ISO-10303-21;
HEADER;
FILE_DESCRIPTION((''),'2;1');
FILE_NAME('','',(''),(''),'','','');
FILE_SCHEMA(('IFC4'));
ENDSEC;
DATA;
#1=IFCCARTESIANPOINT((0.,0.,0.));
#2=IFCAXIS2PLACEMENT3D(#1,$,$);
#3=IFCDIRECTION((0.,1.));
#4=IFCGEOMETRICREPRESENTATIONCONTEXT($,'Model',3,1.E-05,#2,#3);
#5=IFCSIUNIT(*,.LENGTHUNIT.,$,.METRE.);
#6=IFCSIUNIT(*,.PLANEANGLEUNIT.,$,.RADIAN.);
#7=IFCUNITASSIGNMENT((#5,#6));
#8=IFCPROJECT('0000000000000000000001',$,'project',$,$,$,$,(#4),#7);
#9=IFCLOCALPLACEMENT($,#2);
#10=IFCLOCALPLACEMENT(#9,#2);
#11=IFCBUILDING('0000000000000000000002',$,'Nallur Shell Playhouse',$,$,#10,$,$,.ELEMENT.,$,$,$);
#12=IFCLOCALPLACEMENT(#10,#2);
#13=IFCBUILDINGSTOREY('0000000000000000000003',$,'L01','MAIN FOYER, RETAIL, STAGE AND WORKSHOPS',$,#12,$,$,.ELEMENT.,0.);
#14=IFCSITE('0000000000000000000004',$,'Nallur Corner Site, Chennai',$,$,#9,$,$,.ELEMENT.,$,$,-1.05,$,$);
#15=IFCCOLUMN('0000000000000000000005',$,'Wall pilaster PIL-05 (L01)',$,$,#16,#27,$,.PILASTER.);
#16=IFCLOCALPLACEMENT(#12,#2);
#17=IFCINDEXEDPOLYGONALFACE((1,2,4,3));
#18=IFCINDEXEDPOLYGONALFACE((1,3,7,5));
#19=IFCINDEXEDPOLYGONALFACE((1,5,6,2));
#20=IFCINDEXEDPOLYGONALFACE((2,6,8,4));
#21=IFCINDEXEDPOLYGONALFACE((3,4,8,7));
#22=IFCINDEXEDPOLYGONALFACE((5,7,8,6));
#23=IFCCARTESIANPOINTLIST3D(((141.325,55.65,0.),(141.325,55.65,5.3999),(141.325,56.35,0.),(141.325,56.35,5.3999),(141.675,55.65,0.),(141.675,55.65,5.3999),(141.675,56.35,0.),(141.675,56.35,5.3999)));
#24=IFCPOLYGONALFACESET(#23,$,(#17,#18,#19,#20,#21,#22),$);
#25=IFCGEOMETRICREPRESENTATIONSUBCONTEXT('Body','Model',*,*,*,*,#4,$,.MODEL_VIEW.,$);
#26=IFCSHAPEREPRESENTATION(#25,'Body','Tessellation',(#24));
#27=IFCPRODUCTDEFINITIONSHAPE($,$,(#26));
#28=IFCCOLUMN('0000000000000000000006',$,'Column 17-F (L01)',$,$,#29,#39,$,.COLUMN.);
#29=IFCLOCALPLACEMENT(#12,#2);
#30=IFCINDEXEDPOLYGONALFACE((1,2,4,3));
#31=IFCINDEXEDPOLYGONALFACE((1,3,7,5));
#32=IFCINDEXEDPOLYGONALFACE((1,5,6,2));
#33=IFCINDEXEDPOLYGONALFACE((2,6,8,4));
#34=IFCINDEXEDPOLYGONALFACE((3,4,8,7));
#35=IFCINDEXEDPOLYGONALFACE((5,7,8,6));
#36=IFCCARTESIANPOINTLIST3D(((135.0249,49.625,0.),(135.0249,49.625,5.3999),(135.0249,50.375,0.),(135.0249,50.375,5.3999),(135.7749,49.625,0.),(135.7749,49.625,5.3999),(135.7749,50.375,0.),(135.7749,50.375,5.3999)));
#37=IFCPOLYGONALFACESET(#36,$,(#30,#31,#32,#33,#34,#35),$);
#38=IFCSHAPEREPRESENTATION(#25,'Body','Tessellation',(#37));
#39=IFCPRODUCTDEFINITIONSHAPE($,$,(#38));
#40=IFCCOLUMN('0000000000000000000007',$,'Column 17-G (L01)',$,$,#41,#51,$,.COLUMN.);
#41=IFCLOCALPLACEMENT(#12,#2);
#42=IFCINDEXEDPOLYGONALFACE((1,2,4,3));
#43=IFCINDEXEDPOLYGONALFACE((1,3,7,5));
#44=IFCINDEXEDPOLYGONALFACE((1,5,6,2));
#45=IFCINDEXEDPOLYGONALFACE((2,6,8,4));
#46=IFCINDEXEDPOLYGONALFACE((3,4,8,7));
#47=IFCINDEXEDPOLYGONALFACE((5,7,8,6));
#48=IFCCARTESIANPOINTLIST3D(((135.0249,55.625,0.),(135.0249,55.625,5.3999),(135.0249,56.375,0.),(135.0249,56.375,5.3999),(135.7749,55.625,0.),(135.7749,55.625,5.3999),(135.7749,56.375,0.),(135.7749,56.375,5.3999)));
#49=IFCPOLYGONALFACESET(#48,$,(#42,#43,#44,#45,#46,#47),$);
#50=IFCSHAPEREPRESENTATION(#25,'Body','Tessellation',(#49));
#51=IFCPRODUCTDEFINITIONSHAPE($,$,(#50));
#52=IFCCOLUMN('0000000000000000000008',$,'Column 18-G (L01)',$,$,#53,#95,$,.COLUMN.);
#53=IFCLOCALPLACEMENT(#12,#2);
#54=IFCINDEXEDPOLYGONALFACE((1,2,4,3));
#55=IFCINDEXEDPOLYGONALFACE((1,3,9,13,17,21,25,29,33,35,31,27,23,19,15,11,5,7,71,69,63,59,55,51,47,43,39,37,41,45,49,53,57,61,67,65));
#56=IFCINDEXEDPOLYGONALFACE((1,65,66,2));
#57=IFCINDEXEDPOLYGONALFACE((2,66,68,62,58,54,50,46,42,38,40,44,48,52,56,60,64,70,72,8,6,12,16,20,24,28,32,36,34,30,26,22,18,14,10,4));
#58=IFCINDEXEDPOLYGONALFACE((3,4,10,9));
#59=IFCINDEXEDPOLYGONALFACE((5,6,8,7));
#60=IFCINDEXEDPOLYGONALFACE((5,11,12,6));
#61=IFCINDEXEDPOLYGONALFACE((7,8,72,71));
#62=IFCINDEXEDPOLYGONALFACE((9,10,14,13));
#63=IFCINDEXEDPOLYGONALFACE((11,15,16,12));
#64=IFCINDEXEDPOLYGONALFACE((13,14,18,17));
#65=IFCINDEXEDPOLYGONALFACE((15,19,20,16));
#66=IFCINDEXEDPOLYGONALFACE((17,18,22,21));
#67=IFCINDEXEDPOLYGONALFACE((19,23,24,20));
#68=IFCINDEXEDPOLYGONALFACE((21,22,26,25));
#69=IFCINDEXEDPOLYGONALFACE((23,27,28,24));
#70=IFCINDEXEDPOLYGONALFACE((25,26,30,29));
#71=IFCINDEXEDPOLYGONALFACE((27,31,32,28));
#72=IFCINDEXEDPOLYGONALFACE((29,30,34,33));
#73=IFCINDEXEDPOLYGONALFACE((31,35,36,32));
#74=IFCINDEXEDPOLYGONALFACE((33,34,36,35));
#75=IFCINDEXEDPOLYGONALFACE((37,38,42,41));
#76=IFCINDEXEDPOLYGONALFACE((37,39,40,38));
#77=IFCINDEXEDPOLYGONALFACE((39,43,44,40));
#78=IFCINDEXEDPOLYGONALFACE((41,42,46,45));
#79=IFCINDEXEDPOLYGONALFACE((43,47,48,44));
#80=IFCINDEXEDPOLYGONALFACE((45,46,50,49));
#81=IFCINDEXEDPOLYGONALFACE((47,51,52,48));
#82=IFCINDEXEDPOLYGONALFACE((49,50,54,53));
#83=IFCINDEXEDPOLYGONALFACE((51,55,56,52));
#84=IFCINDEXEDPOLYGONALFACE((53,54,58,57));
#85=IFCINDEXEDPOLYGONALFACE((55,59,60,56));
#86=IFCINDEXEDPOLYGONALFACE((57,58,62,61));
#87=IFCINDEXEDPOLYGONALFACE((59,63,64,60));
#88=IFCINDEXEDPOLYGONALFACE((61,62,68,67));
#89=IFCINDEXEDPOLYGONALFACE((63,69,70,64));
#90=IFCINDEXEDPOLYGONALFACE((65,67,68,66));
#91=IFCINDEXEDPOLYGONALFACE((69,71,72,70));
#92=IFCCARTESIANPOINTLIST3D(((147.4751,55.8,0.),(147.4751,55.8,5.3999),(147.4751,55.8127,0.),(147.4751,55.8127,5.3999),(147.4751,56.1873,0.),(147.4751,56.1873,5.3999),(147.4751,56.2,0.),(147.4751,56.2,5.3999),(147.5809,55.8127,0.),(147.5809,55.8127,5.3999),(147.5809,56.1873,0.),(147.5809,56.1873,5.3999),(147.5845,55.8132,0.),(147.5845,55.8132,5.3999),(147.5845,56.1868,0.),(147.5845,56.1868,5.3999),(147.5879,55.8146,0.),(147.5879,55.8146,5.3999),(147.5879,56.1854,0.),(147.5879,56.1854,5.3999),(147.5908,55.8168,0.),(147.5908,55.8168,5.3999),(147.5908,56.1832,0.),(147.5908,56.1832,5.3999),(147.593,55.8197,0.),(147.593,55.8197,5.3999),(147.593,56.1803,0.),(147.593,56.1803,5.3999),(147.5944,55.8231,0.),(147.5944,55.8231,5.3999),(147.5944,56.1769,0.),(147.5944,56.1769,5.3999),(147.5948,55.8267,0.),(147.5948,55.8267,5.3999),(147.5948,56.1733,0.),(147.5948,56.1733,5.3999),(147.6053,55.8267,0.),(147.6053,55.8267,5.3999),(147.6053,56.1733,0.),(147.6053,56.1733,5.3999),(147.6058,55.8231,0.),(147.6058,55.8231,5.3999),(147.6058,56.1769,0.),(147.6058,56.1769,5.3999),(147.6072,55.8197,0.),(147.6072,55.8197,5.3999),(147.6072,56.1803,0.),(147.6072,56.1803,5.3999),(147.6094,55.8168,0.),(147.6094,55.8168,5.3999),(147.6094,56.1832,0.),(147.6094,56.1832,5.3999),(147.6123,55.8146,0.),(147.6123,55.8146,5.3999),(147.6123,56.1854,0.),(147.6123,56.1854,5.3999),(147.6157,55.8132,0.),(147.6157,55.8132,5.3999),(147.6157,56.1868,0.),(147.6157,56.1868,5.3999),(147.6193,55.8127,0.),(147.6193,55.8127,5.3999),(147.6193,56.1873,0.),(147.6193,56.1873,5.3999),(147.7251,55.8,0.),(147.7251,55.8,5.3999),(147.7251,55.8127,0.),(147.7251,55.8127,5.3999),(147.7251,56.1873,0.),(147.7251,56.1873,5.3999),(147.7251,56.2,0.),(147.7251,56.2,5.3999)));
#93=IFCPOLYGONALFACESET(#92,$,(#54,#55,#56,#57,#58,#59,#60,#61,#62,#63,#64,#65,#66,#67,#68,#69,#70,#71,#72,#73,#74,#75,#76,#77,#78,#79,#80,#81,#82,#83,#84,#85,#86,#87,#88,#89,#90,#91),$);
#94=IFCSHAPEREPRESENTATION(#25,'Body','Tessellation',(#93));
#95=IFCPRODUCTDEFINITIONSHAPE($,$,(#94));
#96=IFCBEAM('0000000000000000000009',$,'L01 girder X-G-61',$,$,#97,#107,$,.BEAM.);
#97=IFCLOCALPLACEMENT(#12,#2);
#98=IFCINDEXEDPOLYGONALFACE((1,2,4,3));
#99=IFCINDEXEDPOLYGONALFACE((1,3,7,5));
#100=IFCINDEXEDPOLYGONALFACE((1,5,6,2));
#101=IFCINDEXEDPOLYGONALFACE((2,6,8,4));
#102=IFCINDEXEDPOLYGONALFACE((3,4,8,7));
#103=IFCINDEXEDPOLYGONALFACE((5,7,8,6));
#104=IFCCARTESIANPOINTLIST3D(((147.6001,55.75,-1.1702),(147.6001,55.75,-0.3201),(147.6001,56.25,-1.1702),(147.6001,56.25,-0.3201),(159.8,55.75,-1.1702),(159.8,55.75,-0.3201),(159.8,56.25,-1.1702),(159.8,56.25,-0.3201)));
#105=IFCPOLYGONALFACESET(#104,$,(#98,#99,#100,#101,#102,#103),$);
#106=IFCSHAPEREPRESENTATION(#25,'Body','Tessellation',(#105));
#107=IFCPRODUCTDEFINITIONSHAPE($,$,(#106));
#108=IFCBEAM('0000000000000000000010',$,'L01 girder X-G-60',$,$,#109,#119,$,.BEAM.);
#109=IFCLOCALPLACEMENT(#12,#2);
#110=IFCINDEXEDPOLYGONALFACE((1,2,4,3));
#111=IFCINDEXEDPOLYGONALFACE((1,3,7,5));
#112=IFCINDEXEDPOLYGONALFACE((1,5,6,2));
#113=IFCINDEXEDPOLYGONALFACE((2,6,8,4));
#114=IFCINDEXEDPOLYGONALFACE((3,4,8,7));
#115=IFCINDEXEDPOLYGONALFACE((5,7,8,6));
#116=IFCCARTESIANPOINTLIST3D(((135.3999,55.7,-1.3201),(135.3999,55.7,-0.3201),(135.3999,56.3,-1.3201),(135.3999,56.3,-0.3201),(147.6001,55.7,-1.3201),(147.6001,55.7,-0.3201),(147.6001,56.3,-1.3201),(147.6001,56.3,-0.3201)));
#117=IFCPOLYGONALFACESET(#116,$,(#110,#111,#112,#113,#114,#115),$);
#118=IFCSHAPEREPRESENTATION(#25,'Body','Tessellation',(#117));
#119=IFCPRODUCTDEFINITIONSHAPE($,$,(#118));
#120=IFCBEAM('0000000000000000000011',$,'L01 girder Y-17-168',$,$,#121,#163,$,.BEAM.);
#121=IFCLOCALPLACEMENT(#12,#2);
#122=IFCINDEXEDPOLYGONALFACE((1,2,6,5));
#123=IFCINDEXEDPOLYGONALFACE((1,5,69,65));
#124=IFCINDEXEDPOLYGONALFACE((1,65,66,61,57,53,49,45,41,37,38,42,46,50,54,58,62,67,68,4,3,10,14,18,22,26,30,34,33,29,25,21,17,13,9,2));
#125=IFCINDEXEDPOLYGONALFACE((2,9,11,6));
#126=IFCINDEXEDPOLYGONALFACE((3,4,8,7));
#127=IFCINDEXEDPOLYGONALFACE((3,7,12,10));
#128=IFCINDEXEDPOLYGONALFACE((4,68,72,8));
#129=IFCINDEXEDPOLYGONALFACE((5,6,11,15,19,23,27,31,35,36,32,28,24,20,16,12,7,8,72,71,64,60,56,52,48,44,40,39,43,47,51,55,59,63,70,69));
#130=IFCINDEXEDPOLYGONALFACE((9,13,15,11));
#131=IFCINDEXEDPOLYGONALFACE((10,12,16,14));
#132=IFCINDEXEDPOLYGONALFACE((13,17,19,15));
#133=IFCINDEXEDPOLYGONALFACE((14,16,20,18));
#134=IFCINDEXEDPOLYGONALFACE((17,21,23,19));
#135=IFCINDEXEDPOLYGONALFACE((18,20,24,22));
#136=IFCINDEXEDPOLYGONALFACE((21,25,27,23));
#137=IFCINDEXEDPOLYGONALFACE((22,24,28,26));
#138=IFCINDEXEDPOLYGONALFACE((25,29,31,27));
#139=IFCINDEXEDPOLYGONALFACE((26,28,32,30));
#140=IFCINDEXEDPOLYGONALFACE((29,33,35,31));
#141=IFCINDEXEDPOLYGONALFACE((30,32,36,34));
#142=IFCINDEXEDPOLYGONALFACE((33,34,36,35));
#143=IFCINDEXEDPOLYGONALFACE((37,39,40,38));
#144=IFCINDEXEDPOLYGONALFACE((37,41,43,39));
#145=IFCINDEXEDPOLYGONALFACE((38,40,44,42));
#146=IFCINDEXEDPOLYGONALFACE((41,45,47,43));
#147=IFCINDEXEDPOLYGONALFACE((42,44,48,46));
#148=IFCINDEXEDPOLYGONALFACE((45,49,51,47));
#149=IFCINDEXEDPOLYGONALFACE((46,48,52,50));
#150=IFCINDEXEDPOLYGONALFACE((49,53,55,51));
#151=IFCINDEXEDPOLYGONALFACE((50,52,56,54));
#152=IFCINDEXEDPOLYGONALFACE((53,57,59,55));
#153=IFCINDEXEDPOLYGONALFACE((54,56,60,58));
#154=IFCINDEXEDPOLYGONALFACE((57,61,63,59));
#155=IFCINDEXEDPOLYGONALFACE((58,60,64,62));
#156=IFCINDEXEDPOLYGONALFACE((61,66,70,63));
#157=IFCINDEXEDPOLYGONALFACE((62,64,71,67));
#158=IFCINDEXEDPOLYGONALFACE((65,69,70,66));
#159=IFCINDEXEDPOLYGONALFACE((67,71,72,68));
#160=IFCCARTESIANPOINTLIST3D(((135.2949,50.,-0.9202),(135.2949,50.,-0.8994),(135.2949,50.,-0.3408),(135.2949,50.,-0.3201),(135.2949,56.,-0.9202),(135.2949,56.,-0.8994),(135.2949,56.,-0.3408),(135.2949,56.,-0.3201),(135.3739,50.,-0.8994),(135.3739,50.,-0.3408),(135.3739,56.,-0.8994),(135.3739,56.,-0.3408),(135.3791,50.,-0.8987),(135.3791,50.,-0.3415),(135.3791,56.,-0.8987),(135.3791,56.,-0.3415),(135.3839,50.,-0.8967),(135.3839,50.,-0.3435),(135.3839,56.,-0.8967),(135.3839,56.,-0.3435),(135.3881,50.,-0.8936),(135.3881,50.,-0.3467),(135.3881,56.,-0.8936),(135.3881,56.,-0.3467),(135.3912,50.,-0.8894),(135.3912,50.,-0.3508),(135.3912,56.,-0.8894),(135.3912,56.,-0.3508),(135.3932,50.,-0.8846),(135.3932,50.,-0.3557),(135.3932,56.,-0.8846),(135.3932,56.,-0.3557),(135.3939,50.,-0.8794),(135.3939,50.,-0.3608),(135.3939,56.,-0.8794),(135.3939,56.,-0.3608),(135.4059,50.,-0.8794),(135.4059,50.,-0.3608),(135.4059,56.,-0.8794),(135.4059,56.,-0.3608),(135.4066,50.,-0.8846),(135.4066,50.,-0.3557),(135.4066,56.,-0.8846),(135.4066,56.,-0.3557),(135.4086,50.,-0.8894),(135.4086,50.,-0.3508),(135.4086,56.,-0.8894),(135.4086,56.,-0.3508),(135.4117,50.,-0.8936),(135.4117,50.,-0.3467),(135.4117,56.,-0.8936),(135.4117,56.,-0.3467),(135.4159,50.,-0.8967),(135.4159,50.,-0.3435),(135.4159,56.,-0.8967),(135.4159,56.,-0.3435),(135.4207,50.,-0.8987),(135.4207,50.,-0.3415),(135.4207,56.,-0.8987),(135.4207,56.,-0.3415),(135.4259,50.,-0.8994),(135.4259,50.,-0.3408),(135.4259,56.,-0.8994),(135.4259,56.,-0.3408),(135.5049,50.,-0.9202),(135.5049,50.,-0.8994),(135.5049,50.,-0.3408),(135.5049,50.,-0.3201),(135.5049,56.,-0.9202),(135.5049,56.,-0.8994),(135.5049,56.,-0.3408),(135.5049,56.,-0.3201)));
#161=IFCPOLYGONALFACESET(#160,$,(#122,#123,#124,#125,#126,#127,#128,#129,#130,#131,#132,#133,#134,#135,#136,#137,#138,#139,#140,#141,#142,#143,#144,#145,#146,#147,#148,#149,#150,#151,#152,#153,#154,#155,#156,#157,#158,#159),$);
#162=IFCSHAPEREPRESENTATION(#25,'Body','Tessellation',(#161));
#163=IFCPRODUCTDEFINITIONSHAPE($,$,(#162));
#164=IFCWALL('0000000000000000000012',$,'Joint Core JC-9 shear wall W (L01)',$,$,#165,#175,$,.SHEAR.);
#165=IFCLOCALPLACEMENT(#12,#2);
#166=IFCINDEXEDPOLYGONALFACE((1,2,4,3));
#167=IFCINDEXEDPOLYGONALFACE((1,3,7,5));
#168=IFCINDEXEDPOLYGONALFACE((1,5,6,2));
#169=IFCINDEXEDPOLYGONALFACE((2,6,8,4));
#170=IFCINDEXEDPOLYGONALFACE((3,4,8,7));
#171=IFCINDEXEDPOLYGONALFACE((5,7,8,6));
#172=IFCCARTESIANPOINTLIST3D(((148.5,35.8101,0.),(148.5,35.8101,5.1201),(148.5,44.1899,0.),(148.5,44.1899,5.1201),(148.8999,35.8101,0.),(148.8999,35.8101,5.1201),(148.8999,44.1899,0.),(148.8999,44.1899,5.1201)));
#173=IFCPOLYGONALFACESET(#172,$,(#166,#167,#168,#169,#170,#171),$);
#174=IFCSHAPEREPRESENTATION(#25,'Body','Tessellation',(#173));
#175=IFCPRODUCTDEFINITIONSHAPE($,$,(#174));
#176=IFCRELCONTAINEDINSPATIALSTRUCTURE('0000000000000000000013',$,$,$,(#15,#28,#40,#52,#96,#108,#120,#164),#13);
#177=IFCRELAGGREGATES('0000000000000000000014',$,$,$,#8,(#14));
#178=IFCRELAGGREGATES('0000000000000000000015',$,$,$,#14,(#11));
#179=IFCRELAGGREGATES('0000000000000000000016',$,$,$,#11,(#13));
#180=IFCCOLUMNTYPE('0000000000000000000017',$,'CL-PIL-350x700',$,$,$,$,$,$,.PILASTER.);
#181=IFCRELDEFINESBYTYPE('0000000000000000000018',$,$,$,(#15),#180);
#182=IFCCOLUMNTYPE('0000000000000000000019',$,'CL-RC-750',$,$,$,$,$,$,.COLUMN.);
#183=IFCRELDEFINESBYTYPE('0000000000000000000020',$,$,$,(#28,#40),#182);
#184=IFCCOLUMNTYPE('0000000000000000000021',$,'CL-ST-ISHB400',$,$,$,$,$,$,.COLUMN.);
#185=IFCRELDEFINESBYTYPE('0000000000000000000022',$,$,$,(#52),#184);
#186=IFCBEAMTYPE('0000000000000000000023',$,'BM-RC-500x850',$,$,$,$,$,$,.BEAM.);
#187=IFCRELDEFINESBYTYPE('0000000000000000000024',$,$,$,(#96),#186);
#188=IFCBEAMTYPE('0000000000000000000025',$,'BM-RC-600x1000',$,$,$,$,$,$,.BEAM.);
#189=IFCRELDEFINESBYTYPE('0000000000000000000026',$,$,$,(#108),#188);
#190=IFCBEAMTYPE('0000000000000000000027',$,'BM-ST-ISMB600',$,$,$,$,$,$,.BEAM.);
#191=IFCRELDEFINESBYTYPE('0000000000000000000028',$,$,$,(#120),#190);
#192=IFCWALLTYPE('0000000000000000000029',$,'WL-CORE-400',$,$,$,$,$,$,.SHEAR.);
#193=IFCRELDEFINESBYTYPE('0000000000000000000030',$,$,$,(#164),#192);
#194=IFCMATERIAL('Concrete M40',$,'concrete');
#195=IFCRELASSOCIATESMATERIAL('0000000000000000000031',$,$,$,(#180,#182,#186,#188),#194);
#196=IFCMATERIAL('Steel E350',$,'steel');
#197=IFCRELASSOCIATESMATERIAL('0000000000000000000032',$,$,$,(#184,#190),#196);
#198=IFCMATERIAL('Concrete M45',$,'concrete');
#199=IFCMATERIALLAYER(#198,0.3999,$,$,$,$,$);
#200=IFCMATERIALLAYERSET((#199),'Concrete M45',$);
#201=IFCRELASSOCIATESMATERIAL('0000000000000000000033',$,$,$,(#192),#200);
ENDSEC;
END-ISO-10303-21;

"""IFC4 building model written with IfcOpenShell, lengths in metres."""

from ifc_helpers import new_model, si_unit, direction, frame, frame_2d, origin, origin_2d, place, context, subcontext, project, spatial, rectangle, i_section, extrude, material, layer, layer_set, material_profile, profile_set, type_object, element, save


model = new_model("IFC4")

# Units and contexts
model_context = context("Model", 3, precision=1e-05, world=origin(), true_north=direction((0.0, 1.0)))
body_context = subcontext(model_context, "Body", "Model", "MODEL_VIEW")
ifc_project = project(units=[si_unit("LENGTHUNIT", "METRE"), si_unit("PLANEANGLEUNIT", "RADIAN")], contexts=[model_context])

# Site, building, storey
site_placement = place(None, origin())
site = spatial("IfcSite", under=ifc_project, at=site_placement, Name="Nallur Corner Site, Chennai", CompositionType="ELEMENT", RefElevation=-1.05)
building_placement = place(site_placement, origin())
building = spatial("IfcBuilding", under=site, at=building_placement, Name="Nallur Shell Playhouse", CompositionType="ELEMENT")
storey_placement = place(building_placement, origin())
storey = spatial("IfcBuildingStorey", under=building, at=storey_placement, Name="L01", Description="MAIN FOYER, RETAIL, STAGE AND WORKSHOPS", CompositionType="ELEMENT", Elevation=0.0)

# Columns
ifc_material_1 = material(Name="Concrete M40", Category="concrete")
ifc_material_profile_1 = material_profile(ifc_material_1, rectangle(XDim=0.3501, YDim=0.7, at=origin_2d()), Name="RC 350x700")
ifc_profile_set_1 = profile_set([ifc_material_profile_1], Name="Concrete M40")
column_type_1 = type_object("IfcColumnType", Name="CL-PIL-350x700", PredefinedType="PILASTER", material=ifc_profile_set_1)
column_1_placement = place(storey_placement, frame((141.5, 56.0, 0.0), z_axis=(0.0, 0.0, 1.0), x_axis=(1.0, 0.0, 0.0)))
element("IfcColumn", 1, at=column_1_placement, inside=storey, type_object=column_type_1, Name="Wall pilaster PIL-05 (L01)", PredefinedType="PILASTER", context=body_context, shape_type="SweptSolid", body=[
    extrude(rectangle(XDim=0.3501, YDim=0.7, at=origin_2d()), origin(), (0.0, 0.0, 1.0), 5.3999),
])
ifc_material_profile_2 = material_profile(ifc_material_1, rectangle(XDim=0.75, YDim=0.75, at=origin_2d()), Name="RC 750x750")
ifc_profile_set_2 = profile_set([ifc_material_profile_2], Name="Concrete M40")
column_type_2 = type_object("IfcColumnType", Name="CL-RC-750", PredefinedType="COLUMN", material=ifc_profile_set_2)
for number, where, z_axis, x_axis, name in (
    (2, (135.3999, 50.0, 0.0), (0.0, 0.0, 1.0), (1.0, 0.0, 0.0), "Column 17-F (L01)"),
    (3, (135.3999, 56.0, 0.0), (0.0, 0.0, 1.0), (1.0, 0.0, 0.0), "Column 17-G (L01)"),
):
    element("IfcColumn", number, at=place(storey_placement, frame(where, z_axis=z_axis, x_axis=x_axis)), inside=storey, type_object=column_type_2, Name=name, PredefinedType="COLUMN", context=body_context, shape_type="SweptSolid", body=[
        extrude(rectangle(XDim=0.75, YDim=0.75, at=origin_2d()), origin(), (0.0, 0.0, 1.0), 5.3999),
    ])
ifc_material_2 = material(Name="Steel E350", Category="steel")
ifc_material_profile_3 = material_profile(ifc_material_2, i_section(OverallWidth=0.25, OverallDepth=0.3999, WebThickness=0.0105, FlangeThickness=0.0127, FilletRadius=0.0139, at=origin_2d()), Name="ISHB 400")
ifc_profile_set_3 = profile_set([ifc_material_profile_3], Name="Steel E350")
column_type_3 = type_object("IfcColumnType", Name="CL-ST-ISHB400", PredefinedType="COLUMN", material=ifc_profile_set_3)
column_2_placement = place(storey_placement, frame((147.6001, 56.0, 0.0), z_axis=(0.0, 0.0, 1.0), x_axis=(1.0, 0.0, 0.0)))
element("IfcColumn", 4, at=column_2_placement, inside=storey, type_object=column_type_3, Name="Column 18-G (L01)", PredefinedType="COLUMN", context=body_context, shape_type="SweptSolid", body=[
    extrude(i_section(OverallWidth=0.25, OverallDepth=0.3999, WebThickness=0.0105, FlangeThickness=0.0127, FilletRadius=0.0139, at=origin_2d()), origin(), (0.0, 0.0, 1.0), 5.3999),
])

# Beams
ifc_material_profile_4 = material_profile(ifc_material_1, rectangle(XDim=0.5, YDim=0.8501, at=origin_2d()), Name="RC 500x850")
ifc_profile_set_4 = profile_set([ifc_material_profile_4], Name="Concrete M40")
beam_type_1 = type_object("IfcBeamType", Name="BM-RC-500x850", PredefinedType="BEAM", material=ifc_profile_set_4)
beam_1_placement = place(storey_placement, frame((147.6001, 56.0, -0.7451), z_axis=(1.0, 0.0, 0.0), x_axis=(0.0, 1.0, 0.0)))
element("IfcBeam", 5, at=beam_1_placement, inside=storey, type_object=beam_type_1, Name="L01 girder X-G-61", PredefinedType="BEAM", context=body_context, shape_type="SweptSolid", body=[
    extrude(rectangle(XDim=0.5, YDim=0.8501, at=origin_2d()), origin(), (0.0, 0.0, 1.0), 12.2),
])
ifc_material_profile_5 = material_profile(ifc_material_1, rectangle(XDim=0.6001, YDim=1.0, at=origin_2d()), Name="RC 600x1000")
ifc_profile_set_5 = profile_set([ifc_material_profile_5], Name="Concrete M40")
beam_type_2 = type_object("IfcBeamType", Name="BM-RC-600x1000", PredefinedType="BEAM", material=ifc_profile_set_5)
beam_2_placement = place(storey_placement, frame((135.3999, 56.0, -0.8201), z_axis=(1.0, 0.0, 0.0), x_axis=(0.0, 1.0, 0.0)))
element("IfcBeam", 6, at=beam_2_placement, inside=storey, type_object=beam_type_2, Name="L01 girder X-G-60", PredefinedType="BEAM", context=body_context, shape_type="SweptSolid", body=[
    extrude(rectangle(XDim=0.6001, YDim=1.0, at=origin_2d()), origin(), (0.0, 0.0, 1.0), 12.2002),
])
ifc_material_profile_6 = material_profile(ifc_material_2, i_section(OverallWidth=0.21, OverallDepth=0.6001, WebThickness=0.012, FlangeThickness=0.0208, FilletRadius=0.02, at=origin_2d()), Name="ISMB 600")
ifc_profile_set_6 = profile_set([ifc_material_profile_6], Name="Steel E350")
beam_type_3 = type_object("IfcBeamType", Name="BM-ST-ISMB600", PredefinedType="BEAM", material=ifc_profile_set_6)
beam_3_placement = place(storey_placement, frame((135.3999, 50.0, -0.6201), z_axis=(0.0, 1.0, 0.0), x_axis=(-1.0, 0.0, 0.0)))
element("IfcBeam", 7, at=beam_3_placement, inside=storey, type_object=beam_type_3, Name="L01 girder Y-17-168", PredefinedType="BEAM", context=body_context, shape_type="SweptSolid", body=[
    extrude(i_section(OverallWidth=0.21, OverallDepth=0.6001, WebThickness=0.012, FlangeThickness=0.0208, FilletRadius=0.02, at=origin_2d()), origin(), (0.0, 0.0, 1.0), 6.0),
])

# Wall
ifc_material_3 = material(Name="Concrete M45", Category="concrete")
ifc_layer_1 = layer(ifc_material_3, 0.3999)
ifc_layer_set_1 = layer_set([ifc_layer_1], Name="Concrete M45")
wall_type_1 = type_object("IfcWallType", Name="WL-CORE-400", PredefinedType="SHEAR", material=ifc_layer_set_1)
wall_1_placement = place(storey_placement, frame((148.7, 44.1899, 0.0), z_axis=(0.0, 0.0, 1.0), x_axis=(0.0, -1.0, 0.0)))
element("IfcWall", 8, at=wall_1_placement, inside=storey, type_object=wall_type_1, Name="Joint Core JC-9 shear wall W (L01)", PredefinedType="SHEAR", context=body_context, shape_type="SweptSolid", body=[
    extrude(rectangle(XDim=8.3799, YDim=0.3999, at=frame_2d((4.1899, 0.0))), origin(), (0.0, 0.0, 1.0), 5.1201),
])

save(model, "model.ifc")
